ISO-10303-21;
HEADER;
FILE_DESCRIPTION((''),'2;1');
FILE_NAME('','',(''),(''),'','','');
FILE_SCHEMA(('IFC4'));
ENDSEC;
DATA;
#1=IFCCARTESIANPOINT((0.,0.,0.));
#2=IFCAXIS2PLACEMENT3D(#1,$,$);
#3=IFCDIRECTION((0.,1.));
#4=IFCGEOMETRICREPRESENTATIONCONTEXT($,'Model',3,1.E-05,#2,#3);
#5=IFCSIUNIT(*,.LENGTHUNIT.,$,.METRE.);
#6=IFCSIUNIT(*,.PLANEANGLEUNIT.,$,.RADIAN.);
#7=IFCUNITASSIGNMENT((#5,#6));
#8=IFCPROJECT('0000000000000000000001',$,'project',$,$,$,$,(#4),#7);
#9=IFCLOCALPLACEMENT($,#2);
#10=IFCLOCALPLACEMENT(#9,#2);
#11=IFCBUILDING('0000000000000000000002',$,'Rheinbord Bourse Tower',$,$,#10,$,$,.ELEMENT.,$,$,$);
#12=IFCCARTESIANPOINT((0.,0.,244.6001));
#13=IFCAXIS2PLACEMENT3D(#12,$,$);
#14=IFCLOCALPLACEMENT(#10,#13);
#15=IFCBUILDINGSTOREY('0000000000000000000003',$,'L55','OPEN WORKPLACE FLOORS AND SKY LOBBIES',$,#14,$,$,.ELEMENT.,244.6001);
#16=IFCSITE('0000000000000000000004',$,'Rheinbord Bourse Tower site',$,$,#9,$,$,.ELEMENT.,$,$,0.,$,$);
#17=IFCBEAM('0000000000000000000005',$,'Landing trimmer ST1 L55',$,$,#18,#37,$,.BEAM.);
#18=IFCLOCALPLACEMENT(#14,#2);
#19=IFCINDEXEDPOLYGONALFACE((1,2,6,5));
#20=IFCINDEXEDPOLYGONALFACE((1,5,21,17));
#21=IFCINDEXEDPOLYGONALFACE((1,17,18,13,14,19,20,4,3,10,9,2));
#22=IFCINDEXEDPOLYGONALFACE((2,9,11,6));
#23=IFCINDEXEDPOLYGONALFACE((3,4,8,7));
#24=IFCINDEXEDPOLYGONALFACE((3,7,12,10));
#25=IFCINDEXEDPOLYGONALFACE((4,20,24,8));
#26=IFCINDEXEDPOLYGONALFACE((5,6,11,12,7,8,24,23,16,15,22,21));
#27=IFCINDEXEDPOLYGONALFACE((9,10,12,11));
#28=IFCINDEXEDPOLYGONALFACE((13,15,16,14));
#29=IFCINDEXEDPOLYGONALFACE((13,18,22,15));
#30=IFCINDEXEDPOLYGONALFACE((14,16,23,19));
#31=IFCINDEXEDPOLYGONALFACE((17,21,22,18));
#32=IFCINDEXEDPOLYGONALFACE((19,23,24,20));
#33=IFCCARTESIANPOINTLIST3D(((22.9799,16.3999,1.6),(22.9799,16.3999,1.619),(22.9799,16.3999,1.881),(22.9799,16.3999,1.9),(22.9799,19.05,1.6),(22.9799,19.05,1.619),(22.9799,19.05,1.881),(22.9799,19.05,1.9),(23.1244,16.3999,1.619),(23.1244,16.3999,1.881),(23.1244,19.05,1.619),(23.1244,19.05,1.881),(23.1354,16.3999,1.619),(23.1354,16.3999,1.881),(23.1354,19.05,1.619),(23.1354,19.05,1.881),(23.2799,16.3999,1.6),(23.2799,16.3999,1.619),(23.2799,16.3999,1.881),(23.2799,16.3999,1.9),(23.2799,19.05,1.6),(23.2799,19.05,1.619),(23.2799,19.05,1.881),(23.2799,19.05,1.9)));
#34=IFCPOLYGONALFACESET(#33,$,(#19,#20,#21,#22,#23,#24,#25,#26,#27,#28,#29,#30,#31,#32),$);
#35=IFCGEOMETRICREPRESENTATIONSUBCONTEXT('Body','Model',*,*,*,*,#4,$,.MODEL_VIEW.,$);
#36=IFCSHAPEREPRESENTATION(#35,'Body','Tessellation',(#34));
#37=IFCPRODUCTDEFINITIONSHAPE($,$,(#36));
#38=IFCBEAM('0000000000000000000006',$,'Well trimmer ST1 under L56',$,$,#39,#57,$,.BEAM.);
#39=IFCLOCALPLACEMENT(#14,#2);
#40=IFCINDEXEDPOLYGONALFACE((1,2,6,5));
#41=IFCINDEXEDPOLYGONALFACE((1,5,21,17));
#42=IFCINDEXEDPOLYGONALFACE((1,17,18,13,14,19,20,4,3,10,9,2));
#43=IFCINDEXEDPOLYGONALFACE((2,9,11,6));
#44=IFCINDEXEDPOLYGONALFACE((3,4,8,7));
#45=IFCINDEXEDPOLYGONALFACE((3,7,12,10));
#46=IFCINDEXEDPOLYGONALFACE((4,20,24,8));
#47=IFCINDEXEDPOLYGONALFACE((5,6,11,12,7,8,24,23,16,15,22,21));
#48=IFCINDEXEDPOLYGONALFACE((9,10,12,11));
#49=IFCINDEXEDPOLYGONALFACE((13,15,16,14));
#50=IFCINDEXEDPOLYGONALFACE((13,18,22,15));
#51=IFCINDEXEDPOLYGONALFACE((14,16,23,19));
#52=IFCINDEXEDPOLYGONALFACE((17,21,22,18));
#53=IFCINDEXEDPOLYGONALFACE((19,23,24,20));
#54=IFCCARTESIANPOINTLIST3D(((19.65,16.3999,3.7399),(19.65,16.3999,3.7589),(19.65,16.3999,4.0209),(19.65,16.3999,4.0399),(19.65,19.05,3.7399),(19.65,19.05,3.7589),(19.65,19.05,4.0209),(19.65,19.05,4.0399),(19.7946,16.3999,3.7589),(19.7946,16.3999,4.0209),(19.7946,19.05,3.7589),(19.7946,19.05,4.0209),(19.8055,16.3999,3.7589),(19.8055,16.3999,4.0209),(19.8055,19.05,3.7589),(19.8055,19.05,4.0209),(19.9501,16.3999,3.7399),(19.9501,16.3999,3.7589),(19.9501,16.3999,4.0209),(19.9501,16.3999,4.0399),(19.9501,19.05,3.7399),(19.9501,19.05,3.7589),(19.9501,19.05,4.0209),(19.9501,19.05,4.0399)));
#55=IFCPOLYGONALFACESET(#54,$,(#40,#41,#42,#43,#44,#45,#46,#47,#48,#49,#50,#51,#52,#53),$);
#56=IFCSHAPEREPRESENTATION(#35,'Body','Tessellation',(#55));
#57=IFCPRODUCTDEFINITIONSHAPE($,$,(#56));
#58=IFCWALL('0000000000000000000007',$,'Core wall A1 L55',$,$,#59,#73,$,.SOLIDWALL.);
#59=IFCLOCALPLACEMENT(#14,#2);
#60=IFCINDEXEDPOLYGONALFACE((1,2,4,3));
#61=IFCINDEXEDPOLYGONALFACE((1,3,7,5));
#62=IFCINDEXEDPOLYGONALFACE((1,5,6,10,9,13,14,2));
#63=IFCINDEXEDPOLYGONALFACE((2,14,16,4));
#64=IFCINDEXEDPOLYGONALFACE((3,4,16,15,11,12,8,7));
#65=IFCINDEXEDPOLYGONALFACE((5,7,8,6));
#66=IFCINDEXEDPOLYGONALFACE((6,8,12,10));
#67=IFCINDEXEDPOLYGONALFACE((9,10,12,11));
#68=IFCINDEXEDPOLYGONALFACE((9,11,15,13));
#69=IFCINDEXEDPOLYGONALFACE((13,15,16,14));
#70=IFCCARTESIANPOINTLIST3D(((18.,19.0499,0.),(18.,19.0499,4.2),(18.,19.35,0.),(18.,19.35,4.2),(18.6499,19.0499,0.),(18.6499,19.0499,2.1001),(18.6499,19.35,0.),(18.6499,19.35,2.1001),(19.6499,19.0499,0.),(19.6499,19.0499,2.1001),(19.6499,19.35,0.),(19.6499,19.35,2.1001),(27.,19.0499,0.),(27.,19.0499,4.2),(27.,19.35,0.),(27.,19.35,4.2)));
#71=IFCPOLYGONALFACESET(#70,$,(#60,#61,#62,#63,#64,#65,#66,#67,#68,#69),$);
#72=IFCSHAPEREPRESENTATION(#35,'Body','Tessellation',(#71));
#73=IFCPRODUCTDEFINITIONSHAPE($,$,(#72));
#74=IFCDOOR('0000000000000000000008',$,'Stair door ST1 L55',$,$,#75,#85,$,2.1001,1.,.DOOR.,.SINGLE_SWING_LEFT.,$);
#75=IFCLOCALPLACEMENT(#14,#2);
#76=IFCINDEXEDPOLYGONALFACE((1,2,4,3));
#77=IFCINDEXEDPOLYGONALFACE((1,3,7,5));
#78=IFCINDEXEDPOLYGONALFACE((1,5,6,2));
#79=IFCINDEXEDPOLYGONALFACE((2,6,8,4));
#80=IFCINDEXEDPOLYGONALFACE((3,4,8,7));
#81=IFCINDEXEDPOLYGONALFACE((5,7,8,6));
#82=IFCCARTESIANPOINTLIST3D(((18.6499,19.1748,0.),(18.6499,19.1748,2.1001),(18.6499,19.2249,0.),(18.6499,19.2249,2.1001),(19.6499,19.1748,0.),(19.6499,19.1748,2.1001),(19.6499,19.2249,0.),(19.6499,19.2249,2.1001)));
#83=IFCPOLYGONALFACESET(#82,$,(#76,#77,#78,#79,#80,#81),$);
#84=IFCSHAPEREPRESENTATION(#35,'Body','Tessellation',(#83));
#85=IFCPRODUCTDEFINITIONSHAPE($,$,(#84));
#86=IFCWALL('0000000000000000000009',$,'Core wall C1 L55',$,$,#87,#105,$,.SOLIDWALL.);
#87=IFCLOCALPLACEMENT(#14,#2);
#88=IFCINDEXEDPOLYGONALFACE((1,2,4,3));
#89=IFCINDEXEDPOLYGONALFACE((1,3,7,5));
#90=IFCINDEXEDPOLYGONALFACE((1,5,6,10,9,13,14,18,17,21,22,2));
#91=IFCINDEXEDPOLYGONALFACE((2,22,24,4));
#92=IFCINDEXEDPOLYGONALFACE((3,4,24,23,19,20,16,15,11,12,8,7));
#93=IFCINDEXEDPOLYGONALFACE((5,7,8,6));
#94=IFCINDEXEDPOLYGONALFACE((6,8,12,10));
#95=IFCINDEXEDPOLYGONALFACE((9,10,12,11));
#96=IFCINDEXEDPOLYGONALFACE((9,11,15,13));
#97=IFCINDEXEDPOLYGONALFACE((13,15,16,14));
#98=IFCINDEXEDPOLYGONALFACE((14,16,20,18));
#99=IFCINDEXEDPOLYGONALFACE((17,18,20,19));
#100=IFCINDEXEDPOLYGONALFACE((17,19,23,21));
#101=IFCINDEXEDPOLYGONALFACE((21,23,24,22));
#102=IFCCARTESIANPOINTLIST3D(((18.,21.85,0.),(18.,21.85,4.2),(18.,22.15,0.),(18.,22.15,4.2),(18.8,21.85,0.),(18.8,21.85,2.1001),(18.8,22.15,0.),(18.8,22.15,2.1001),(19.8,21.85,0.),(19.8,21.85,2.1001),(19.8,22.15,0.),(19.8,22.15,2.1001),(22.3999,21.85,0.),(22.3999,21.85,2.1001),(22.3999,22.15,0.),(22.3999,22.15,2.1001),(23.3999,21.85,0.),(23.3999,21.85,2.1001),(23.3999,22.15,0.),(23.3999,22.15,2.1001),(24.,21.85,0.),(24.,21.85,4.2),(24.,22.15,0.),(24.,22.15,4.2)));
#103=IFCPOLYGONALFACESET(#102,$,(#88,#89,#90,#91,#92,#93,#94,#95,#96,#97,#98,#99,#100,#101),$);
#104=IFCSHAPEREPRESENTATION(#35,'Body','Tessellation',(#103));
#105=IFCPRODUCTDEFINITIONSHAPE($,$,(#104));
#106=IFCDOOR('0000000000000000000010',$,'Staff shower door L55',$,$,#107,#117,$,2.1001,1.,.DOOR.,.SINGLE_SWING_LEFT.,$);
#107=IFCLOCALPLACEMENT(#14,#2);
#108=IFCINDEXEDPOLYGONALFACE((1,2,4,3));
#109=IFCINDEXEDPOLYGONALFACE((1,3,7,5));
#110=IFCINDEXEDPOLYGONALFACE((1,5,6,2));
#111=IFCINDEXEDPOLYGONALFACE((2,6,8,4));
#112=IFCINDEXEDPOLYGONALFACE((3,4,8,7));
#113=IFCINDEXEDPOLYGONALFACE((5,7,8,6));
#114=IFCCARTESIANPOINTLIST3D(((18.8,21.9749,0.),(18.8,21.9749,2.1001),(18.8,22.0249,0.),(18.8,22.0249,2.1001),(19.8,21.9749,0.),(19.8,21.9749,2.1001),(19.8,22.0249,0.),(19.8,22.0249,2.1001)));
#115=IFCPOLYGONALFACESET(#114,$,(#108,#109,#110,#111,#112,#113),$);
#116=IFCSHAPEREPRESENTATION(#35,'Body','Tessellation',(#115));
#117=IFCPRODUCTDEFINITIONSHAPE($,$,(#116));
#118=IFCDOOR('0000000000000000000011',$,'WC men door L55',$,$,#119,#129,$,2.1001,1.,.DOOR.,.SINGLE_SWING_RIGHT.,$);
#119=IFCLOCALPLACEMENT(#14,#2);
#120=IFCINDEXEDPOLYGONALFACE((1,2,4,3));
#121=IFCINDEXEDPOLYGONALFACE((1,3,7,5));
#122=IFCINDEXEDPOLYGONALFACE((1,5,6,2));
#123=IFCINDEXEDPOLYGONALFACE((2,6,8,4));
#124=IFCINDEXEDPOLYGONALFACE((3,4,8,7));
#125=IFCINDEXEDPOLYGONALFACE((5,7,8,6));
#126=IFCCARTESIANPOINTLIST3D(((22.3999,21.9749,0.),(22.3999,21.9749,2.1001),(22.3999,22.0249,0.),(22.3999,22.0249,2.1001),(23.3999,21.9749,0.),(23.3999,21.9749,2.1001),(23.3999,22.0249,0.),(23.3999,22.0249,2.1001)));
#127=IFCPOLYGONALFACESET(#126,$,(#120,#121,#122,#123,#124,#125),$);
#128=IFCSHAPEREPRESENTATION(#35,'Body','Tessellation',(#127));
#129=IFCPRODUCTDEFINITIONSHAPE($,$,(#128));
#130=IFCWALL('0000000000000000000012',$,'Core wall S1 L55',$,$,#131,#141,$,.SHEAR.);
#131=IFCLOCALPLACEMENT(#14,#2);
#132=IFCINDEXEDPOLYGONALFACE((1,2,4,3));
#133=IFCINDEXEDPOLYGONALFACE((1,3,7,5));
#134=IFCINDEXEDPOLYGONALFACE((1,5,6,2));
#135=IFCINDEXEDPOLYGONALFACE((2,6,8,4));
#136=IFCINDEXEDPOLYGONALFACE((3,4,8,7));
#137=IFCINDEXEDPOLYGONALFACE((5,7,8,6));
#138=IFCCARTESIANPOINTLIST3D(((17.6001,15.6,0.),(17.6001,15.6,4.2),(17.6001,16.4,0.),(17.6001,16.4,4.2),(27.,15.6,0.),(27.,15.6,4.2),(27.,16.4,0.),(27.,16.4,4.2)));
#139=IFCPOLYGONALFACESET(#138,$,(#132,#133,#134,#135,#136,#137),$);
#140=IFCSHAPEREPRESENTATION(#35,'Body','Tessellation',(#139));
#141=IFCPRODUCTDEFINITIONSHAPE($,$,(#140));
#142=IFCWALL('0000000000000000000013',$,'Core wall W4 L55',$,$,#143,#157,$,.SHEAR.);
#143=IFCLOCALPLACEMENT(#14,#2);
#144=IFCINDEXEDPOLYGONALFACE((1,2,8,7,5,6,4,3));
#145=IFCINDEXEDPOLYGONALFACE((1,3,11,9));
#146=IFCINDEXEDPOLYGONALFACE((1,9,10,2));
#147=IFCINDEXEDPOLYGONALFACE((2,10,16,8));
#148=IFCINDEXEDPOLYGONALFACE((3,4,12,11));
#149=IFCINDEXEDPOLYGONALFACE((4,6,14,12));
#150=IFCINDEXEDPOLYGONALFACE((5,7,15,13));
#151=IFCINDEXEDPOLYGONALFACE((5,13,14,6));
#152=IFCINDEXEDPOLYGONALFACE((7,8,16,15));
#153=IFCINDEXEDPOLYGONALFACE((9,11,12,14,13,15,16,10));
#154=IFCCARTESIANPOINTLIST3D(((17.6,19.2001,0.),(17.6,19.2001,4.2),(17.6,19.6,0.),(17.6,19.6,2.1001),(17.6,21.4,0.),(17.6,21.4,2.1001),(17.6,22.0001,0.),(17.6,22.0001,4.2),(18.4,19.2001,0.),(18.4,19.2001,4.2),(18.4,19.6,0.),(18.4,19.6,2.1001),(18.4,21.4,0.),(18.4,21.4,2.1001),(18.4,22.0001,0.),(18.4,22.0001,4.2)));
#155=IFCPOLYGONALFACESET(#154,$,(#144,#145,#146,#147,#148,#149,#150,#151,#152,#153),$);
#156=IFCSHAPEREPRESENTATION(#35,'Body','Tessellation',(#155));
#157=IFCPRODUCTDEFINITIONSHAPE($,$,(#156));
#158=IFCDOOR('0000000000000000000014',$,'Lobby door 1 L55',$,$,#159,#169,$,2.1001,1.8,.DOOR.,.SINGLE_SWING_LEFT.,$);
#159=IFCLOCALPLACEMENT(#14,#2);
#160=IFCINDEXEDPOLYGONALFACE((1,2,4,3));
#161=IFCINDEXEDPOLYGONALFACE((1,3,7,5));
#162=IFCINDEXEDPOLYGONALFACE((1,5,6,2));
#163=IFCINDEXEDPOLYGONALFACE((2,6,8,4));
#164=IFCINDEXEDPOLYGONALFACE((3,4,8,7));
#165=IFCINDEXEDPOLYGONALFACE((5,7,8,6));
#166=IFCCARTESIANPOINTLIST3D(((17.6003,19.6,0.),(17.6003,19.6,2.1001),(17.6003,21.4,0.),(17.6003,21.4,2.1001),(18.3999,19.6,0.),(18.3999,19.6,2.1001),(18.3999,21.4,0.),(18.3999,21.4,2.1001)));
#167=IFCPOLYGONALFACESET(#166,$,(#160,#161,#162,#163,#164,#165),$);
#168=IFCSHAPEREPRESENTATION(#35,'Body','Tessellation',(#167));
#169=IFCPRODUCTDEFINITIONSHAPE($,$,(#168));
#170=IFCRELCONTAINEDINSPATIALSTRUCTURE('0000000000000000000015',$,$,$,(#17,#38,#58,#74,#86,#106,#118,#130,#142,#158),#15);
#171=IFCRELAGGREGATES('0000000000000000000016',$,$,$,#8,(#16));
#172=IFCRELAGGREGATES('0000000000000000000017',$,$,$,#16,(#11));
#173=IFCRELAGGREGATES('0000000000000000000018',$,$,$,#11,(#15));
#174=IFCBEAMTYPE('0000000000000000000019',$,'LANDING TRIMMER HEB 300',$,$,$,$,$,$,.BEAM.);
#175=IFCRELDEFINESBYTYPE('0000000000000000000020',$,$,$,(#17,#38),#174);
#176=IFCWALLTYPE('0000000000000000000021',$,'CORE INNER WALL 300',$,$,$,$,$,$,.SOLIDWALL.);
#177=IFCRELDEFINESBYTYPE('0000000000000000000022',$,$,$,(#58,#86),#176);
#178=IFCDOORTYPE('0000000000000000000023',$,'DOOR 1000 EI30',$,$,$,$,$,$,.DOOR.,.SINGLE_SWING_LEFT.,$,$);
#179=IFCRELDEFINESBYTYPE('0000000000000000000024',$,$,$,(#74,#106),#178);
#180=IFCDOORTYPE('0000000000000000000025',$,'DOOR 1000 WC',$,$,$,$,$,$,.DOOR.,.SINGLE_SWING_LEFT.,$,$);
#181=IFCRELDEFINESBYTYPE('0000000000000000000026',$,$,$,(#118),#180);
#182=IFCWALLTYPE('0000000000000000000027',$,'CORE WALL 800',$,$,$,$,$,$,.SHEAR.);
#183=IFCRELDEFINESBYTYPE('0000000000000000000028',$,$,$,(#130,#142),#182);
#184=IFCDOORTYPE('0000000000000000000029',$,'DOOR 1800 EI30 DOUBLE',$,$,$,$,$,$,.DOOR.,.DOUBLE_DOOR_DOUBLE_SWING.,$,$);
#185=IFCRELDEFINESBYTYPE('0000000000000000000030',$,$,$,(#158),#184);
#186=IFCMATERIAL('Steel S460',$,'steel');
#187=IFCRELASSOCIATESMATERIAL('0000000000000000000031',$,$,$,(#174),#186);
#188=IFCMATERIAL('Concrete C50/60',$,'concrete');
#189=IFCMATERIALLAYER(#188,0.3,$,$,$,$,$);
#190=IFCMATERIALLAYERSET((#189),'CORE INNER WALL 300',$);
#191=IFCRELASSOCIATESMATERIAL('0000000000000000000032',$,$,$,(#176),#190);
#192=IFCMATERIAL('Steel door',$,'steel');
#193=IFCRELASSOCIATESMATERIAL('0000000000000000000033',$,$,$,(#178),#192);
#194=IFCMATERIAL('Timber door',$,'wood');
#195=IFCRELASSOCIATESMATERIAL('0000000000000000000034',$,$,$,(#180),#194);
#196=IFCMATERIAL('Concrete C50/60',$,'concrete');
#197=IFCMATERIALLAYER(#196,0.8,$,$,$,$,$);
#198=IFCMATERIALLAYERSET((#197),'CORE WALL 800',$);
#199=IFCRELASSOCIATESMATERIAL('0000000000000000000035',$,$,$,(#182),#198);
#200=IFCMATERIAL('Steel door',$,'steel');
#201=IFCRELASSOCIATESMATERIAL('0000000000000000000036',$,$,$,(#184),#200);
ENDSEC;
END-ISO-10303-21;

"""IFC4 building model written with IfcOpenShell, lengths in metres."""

from ifc_helpers import new_model, si_unit, direction, frame, frame_2d, origin, origin_2d, place, context, subcontext, project, spatial, rectangle, i_section, extrude, material, layer, layer_set, material_profile, profile_set, type_object, element, fill, save


model = new_model("IFC4")

# Units and contexts
model_context = context("Model", 3, precision=1e-05, world=origin(), true_north=direction((0.0, 1.0)))
body_context = subcontext(model_context, "Body", "Model", "MODEL_VIEW")
ifc_project = project(units=[si_unit("LENGTHUNIT", "METRE"), si_unit("PLANEANGLEUNIT", "RADIAN")], contexts=[model_context])

# Site, building, storey
site_placement = place(None, origin())
site = spatial("IfcSite", under=ifc_project, at=site_placement, Name="Rheinbord Bourse Tower site", CompositionType="ELEMENT", RefElevation=0.0)
building_placement = place(site_placement, origin())
building = spatial("IfcBuilding", under=site, at=building_placement, Name="Rheinbord Bourse Tower", CompositionType="ELEMENT")
storey_placement = place(building_placement, frame((0.0, 0.0, 244.6001)))
storey = spatial("IfcBuildingStorey", under=building, at=storey_placement, Name="L55", Description="OPEN WORKPLACE FLOORS AND SKY LOBBIES", CompositionType="ELEMENT", Elevation=244.6001)

# Beams
ifc_material_1 = material(Name="Steel S460", Category="steel")
ifc_material_profile = material_profile(ifc_material_1, i_section(OverallWidth=0.3, OverallDepth=0.3, WebThickness=0.011, FlangeThickness=0.019, at=origin_2d()), Name="HEB 300")
ifc_profile_set = profile_set([ifc_material_profile], Name="Steel S460")
beam_type = type_object("IfcBeamType", Name="LANDING TRIMMER HEB 300", PredefinedType="BEAM", material=ifc_profile_set)
for number, where, z_axis, x_axis, name in (
    (1, (23.1299, 16.3999, 1.75), (0.0, 1.0, 0.0), (-1.0, 0.0, 0.0), "Landing trimmer ST1 L55"),
    (2, (19.8, 16.3999, 3.8899), (0.0, 1.0, 0.0), (-1.0, 0.0, 0.0), "Well trimmer ST1 under L56"),
):
    element("IfcBeam", number, at=place(storey_placement, frame(where, z_axis=z_axis, x_axis=x_axis)), inside=storey, type_object=beam_type, Name=name, PredefinedType="BEAM", context=body_context, shape_type="SweptSolid", body=[
        extrude(i_section(OverallWidth=0.3, OverallDepth=0.3, WebThickness=0.011, FlangeThickness=0.019, at=origin_2d()), origin(), (0.0, 0.0, 1.0), 2.6501),
    ])

# Wall, opening, door
ifc_material_2 = material(Name="Concrete C50/60", Category="concrete")
ifc_layer_1 = layer(ifc_material_2, 0.3)
ifc_layer_set_1 = layer_set([ifc_layer_1], Name="CORE INNER WALL 300")
wall_type_1 = type_object("IfcWallType", Name="CORE INNER WALL 300", PredefinedType="SOLIDWALL", material=ifc_layer_set_1)
wall_1_placement = place(storey_placement, frame((18.0, 19.2, 0.0), z_axis=(0.0, 0.0, 1.0), x_axis=(1.0, 0.0, 0.0)))
wall_1 = element("IfcWall", 3, at=wall_1_placement, inside=storey, type_object=wall_type_1, Name="Core wall A1 L55", PredefinedType="SOLIDWALL", context=body_context, shape_type="SweptSolid", body=[
    extrude(rectangle(XDim=9.0, YDim=0.3, at=frame_2d((4.5, 0.0))), origin(), (0.0, 0.0, 1.0), 4.2),
])
opening_1_placement = place(wall_1_placement, frame((0.6499, 0.0, 0.0)))
opening_1 = element("IfcOpeningElement", 4, at=opening_1_placement, cuts=wall_1, PredefinedType="OPENING", context=body_context, shape_type="SweptSolid", body=[
    extrude(rectangle(XDim=1.0, YDim=2.1001, at=frame_2d((0.5, 1.05))), frame((0.0, 0.1599, 0.0), z_axis=(0.0, -1.0, 0.0), x_axis=(1.0, 0.0, 0.0)), (0.0, 0.0, 1.0), 0.3201),
])
ifc_material_3 = material(Name="Steel door", Category="steel")
door_type_1 = type_object("IfcDoorType", Name="DOOR 1000 EI30", OperationType="SINGLE_SWING_LEFT", PredefinedType="DOOR", material=ifc_material_3)
door_1_placement = place(opening_1_placement, origin())
door_1 = element("IfcDoor", 5, at=door_1_placement, inside=storey, type_object=door_type_1, Name="Stair door ST1 L55", OperationType="SINGLE_SWING_LEFT", OverallHeight=2.1001, OverallWidth=1.0, PredefinedType="DOOR", context=body_context, shape_type="SweptSolid", body=[
    extrude(rectangle(XDim=1.0, YDim=2.1001, at=frame_2d((0.5, 1.05))), frame((0.0, 0.0249, 0.0), z_axis=(0.0, -1.0, 0.0), x_axis=(1.0, 0.0, 0.0)), (0.0, 0.0, 1.0), 0.05),
])
fill(opening_1, door_1)

# Wall, openings, doors
wall_2_placement = place(storey_placement, frame((18.0, 22.0, 0.0), z_axis=(0.0, 0.0, 1.0), x_axis=(1.0, 0.0, 0.0)))
wall_2 = element("IfcWall", 6, at=wall_2_placement, inside=storey, type_object=wall_type_1, Name="Core wall C1 L55", PredefinedType="SOLIDWALL", context=body_context, shape_type="SweptSolid", body=[
    extrude(rectangle(XDim=6.0, YDim=0.3, at=frame_2d((3.0, 0.0))), origin(), (0.0, 0.0, 1.0), 4.2),
])
opening_2_placement = place(wall_2_placement, frame((4.3999, 0.0, 0.0)))
opening_2 = element("IfcOpeningElement", 7, at=opening_2_placement, cuts=wall_2, PredefinedType="OPENING", context=body_context, shape_type="SweptSolid", body=[
    extrude(rectangle(XDim=1.0, YDim=2.1001, at=frame_2d((0.5, 1.05))), frame((0.0, 0.1599, 0.0), z_axis=(0.0, -1.0, 0.0), x_axis=(1.0, 0.0, 0.0)), (0.0, 0.0, 1.0), 0.3201),
])
opening_3_placement = place(wall_2_placement, frame((0.8, 0.0, 0.0)))
opening_3 = element("IfcOpeningElement", 8, at=opening_3_placement, cuts=wall_2, PredefinedType="OPENING", context=body_context, shape_type="SweptSolid", body=[
    extrude(rectangle(XDim=1.0, YDim=2.1001, at=frame_2d((0.5, 1.05))), frame((0.0, 0.1599, 0.0), z_axis=(0.0, -1.0, 0.0), x_axis=(1.0, 0.0, 0.0)), (0.0, 0.0, 1.0), 0.3201),
])
door_2_placement = place(opening_3_placement, origin())
door_2 = element("IfcDoor", 9, at=door_2_placement, inside=storey, type_object=door_type_1, Name="Staff shower door L55", OperationType="SINGLE_SWING_LEFT", OverallHeight=2.1001, OverallWidth=1.0, PredefinedType="DOOR", context=body_context, shape_type="SweptSolid", body=[
    extrude(rectangle(XDim=1.0, YDim=2.1001, at=frame_2d((0.5, 1.05))), frame((0.0, 0.0249, 0.0), z_axis=(0.0, -1.0, 0.0), x_axis=(1.0, 0.0, 0.0)), (0.0, 0.0, 1.0), 0.05),
])
fill(opening_3, door_2)
ifc_material_4 = material(Name="Timber door", Category="wood")
door_type_2 = type_object("IfcDoorType", Name="DOOR 1000 WC", OperationType="SINGLE_SWING_LEFT", PredefinedType="DOOR", material=ifc_material_4)
door_3_placement = place(opening_2_placement, origin())
door_3 = element("IfcDoor", 10, at=door_3_placement, inside=storey, type_object=door_type_2, Name="WC men door L55", OperationType="SINGLE_SWING_RIGHT", OverallHeight=2.1001, OverallWidth=1.0, PredefinedType="DOOR", context=body_context, shape_type="SweptSolid", body=[
    extrude(rectangle(XDim=1.0, YDim=2.1001, at=frame_2d((0.5, 1.05))), frame((0.0, 0.0249, 0.0), z_axis=(0.0, -1.0, 0.0), x_axis=(1.0, 0.0, 0.0)), (0.0, 0.0, 1.0), 0.05),
])
fill(opening_2, door_3)

# Wall
ifc_material_5 = material(Name="Concrete C50/60", Category="concrete")
ifc_layer_2 = layer(ifc_material_5, 0.8)
ifc_layer_set_2 = layer_set([ifc_layer_2], Name="CORE WALL 800")
wall_type_2 = type_object("IfcWallType", Name="CORE WALL 800", PredefinedType="SHEAR", material=ifc_layer_set_2)
wall_3_placement = place(storey_placement, frame((17.6001, 16.0, 0.0), z_axis=(0.0, 0.0, 1.0), x_axis=(1.0, 0.0, 0.0)))
element("IfcWall", 11, at=wall_3_placement, inside=storey, type_object=wall_type_2, Name="Core wall S1 L55", PredefinedType="SHEAR", context=body_context, shape_type="SweptSolid", body=[
    extrude(rectangle(XDim=9.3999, YDim=0.8, at=frame_2d((4.7, 0.0))), origin(), (0.0, 0.0, 1.0), 4.2),
])

# Wall, opening, door
wall_4_placement = place(storey_placement, frame((18.0, 22.0, 0.0), z_axis=(0.0, 0.0, 1.0), x_axis=(0.0, -1.0, 0.0)))
wall_4 = element("IfcWall", 12, at=wall_4_placement, inside=storey, type_object=wall_type_2, Name="Core wall W4 L55", PredefinedType="SHEAR", context=body_context, shape_type="SweptSolid", body=[
    extrude(rectangle(XDim=2.8, YDim=0.8, at=frame_2d((1.3999, 0.0))), origin(), (0.0, 0.0, 1.0), 4.2),
])
opening_4_placement = place(wall_4_placement, frame((0.6001, 0.0, 0.0)))
opening_4 = element("IfcOpeningElement", 13, at=opening_4_placement, cuts=wall_4, PredefinedType="OPENING", context=body_context, shape_type="SweptSolid", body=[
    extrude(rectangle(XDim=1.8, YDim=2.1001, at=frame_2d((0.8999, 1.05))), frame((0.0, 0.4099, 0.0), z_axis=(0.0, -1.0, 0.0), x_axis=(1.0, 0.0, 0.0)), (0.0, 0.0, 1.0), 0.8201),
])
ifc_material_6 = material(Name="Steel door", Category="steel")
door_type_3 = type_object("IfcDoorType", Name="DOOR 1800 EI30 DOUBLE", OperationType="DOUBLE_DOOR_DOUBLE_SWING", PredefinedType="DOOR", material=ifc_material_6)
door_4_placement = place(opening_4_placement, origin())
door_4 = element("IfcDoor", 14, at=door_4_placement, inside=storey, type_object=door_type_3, Name="Lobby door 1 L55", OperationType="SINGLE_SWING_LEFT", OverallHeight=2.1001, OverallWidth=1.8, PredefinedType="DOOR", context=body_context, shape_type="SweptSolid", body=[
    extrude(rectangle(XDim=1.8, YDim=2.1001, at=frame_2d((0.8999, 1.05))), frame((0.0, 0.3999, 0.0), z_axis=(0.0, -1.0, 0.0), x_axis=(1.0, 0.0, 0.0)), (0.0, 0.0, 1.0), 0.7996),
])
fill(opening_4, door_4)

save(model, "model.ifc")
